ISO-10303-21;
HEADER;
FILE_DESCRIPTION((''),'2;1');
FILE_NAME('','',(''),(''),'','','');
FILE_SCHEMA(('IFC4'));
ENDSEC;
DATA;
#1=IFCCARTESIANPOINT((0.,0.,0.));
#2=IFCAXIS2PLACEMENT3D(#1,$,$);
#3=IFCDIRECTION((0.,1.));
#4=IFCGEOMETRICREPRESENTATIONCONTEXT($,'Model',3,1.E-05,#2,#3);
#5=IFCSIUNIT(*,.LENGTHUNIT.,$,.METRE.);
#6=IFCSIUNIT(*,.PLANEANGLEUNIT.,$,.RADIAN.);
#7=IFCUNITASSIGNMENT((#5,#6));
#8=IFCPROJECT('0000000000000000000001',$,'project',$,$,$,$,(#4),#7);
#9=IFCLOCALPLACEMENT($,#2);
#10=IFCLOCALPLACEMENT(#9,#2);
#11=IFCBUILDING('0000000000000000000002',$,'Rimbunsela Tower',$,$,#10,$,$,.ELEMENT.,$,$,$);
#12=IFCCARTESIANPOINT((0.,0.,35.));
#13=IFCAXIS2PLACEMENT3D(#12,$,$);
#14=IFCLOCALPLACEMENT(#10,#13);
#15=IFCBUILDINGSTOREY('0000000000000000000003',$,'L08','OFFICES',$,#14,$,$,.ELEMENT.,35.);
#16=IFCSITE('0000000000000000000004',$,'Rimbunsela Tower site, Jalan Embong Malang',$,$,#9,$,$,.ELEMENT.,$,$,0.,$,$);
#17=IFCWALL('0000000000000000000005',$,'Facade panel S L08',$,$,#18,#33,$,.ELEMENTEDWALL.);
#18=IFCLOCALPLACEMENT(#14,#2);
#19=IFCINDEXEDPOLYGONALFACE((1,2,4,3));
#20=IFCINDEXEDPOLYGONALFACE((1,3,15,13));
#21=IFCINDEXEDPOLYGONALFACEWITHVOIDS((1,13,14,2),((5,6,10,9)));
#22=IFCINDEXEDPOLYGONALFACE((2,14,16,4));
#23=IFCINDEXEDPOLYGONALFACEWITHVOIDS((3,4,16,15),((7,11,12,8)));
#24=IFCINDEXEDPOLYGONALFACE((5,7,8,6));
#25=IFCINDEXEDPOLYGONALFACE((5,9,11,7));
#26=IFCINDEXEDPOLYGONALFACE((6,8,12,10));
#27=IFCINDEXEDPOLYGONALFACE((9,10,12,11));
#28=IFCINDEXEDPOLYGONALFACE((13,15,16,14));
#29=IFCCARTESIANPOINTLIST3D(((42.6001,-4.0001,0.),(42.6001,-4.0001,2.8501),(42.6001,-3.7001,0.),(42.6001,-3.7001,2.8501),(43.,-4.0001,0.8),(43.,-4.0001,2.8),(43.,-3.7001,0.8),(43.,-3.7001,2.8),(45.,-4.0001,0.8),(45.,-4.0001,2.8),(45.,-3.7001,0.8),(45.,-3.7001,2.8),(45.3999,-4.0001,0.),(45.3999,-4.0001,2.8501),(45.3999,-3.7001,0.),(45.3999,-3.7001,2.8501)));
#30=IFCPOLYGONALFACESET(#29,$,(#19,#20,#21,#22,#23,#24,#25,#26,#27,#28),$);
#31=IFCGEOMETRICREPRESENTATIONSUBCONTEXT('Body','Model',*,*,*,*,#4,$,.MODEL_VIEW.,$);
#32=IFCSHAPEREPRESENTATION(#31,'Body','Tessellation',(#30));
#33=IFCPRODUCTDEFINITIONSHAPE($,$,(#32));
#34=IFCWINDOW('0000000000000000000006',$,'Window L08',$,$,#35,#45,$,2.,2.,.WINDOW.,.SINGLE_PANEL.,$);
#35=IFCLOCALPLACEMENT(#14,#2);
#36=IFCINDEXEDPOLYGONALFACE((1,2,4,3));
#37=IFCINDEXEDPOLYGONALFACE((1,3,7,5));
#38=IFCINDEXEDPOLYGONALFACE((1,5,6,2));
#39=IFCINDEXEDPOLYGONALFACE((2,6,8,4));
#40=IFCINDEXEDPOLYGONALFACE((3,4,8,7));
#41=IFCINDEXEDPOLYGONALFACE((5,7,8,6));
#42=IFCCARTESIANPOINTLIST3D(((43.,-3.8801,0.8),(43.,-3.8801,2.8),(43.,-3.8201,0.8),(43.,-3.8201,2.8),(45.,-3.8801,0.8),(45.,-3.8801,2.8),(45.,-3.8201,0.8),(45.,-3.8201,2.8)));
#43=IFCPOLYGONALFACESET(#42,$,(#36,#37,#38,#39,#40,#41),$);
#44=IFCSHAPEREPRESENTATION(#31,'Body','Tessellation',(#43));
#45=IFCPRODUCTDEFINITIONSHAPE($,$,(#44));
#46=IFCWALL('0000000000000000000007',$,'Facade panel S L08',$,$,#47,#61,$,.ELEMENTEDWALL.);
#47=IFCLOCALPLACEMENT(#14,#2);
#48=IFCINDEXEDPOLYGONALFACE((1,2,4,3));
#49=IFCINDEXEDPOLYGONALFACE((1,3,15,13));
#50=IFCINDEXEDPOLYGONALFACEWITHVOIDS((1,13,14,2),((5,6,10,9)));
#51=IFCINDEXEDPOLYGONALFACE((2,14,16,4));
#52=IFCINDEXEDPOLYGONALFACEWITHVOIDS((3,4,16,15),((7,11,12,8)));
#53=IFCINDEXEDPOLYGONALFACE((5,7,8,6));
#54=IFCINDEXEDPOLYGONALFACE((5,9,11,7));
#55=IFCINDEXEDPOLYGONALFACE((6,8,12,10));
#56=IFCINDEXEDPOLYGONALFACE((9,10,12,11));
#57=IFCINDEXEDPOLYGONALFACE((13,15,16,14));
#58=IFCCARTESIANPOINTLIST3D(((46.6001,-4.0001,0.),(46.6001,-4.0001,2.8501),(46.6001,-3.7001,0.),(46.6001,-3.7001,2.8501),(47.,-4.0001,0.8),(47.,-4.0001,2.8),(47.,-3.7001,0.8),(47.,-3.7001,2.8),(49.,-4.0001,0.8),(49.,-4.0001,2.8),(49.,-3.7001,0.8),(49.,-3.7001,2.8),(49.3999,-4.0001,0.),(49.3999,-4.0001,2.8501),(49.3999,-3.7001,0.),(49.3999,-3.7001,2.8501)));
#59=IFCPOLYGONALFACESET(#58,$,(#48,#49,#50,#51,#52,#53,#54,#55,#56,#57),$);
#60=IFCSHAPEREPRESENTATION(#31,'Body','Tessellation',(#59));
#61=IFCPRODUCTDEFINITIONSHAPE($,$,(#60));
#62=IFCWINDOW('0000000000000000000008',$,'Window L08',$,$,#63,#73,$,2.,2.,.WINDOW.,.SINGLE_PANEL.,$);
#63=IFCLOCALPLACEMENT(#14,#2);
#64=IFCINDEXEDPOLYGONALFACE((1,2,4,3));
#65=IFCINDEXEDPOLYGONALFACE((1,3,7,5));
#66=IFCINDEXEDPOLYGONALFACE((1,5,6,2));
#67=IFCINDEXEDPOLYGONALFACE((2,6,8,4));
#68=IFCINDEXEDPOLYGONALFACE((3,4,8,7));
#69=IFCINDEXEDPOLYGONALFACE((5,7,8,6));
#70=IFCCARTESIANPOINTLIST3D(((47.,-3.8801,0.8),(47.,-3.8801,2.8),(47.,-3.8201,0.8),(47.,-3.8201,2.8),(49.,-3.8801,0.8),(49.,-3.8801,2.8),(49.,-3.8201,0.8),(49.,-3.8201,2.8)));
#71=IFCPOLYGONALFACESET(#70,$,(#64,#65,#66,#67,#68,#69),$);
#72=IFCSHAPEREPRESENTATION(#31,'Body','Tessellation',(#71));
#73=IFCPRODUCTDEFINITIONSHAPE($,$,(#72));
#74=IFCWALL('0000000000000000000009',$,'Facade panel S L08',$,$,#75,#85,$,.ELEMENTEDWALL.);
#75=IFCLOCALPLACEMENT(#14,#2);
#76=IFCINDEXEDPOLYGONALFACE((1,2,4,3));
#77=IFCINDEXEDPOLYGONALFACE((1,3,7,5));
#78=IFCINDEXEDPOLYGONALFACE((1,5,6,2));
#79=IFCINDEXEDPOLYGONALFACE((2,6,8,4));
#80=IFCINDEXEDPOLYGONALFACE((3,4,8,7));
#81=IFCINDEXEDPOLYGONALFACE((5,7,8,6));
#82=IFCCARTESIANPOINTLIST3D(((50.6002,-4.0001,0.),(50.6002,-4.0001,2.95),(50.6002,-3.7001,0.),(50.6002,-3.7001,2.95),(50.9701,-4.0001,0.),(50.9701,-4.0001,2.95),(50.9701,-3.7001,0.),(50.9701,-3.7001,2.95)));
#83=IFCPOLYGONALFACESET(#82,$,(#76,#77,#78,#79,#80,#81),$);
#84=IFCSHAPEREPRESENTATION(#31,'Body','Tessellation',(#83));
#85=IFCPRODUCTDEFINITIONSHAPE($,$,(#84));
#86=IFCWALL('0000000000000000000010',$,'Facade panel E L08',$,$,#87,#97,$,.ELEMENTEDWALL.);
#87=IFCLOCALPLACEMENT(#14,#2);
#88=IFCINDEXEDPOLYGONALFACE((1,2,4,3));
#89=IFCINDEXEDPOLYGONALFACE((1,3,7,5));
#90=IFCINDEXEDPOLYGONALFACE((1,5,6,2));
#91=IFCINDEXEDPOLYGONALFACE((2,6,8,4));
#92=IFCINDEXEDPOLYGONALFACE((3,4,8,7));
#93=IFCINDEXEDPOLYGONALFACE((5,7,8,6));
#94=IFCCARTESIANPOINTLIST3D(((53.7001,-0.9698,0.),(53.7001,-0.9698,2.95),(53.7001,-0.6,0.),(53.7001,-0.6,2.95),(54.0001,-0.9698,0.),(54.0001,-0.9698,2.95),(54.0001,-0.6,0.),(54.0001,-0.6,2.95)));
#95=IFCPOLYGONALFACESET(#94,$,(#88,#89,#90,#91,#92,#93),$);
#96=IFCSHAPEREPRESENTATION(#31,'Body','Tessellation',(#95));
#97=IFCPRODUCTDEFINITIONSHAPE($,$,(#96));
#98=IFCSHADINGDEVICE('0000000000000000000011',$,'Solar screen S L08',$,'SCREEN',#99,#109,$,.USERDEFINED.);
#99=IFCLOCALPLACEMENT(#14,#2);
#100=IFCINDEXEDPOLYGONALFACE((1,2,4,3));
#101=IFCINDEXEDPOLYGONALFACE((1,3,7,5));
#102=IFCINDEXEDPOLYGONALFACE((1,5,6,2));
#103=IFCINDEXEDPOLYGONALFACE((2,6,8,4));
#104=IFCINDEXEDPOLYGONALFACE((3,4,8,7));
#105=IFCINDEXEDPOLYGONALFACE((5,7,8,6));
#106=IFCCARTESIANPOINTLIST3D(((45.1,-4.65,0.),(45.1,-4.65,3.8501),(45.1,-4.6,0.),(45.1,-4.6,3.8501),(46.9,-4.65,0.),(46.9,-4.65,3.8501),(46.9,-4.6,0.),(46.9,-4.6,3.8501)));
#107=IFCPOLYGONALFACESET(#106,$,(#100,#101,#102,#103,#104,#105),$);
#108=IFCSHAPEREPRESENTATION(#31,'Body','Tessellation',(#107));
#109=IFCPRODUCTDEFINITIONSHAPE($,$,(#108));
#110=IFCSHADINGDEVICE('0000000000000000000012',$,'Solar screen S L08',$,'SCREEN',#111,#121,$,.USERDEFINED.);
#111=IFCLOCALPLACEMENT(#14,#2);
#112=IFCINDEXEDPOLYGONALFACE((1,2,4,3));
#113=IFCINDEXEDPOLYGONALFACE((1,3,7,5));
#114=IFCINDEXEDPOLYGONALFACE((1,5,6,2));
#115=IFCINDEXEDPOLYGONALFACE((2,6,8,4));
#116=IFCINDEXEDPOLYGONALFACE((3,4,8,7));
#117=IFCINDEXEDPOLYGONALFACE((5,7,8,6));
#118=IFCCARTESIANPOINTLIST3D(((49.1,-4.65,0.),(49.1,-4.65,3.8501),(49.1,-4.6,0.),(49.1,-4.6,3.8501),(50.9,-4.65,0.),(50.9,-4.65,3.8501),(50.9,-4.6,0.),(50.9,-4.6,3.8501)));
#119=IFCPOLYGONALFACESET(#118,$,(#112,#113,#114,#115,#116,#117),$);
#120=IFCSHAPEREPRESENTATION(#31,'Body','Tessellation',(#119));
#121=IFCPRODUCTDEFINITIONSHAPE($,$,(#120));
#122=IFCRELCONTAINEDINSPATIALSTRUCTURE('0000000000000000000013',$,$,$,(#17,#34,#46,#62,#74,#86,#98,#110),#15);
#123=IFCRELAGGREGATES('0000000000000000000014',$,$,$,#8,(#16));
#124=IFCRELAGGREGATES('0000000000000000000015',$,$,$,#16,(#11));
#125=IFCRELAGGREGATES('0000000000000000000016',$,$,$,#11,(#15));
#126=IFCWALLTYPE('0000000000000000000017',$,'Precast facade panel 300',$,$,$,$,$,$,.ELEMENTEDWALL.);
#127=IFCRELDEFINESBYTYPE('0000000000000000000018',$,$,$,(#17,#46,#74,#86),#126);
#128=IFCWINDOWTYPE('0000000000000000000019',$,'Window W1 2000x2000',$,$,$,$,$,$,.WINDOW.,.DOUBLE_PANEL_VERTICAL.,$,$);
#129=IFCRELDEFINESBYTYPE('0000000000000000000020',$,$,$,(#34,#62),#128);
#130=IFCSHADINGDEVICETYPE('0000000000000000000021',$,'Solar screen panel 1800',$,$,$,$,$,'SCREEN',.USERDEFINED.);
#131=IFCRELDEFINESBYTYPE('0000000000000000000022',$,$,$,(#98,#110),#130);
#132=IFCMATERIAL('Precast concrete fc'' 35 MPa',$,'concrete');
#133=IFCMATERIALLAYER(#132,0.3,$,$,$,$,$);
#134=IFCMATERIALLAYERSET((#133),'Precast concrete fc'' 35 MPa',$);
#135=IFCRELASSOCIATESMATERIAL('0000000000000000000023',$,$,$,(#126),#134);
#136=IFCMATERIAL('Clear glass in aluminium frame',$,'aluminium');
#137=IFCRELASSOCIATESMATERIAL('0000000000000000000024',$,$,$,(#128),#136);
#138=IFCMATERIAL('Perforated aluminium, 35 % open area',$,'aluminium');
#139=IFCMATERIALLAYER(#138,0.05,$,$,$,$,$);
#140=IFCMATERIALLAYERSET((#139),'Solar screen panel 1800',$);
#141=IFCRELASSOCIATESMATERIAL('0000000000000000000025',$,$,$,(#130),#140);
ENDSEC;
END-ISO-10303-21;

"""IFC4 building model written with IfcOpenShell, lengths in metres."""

from ifc_helpers import new_model, si_unit, direction, frame, frame_2d, origin, origin_2d, place, context, subcontext, project, spatial, rectangle, extrude, material, layer, layer_set, type_object, element, fill, save


model = new_model("IFC4")

# Units and contexts
model_context = context("Model", 3, precision=1e-05, world=origin(), true_north=direction((0.0, 1.0)))
body_context = subcontext(model_context, "Body", "Model", "MODEL_VIEW")
ifc_project = project(units=[si_unit("LENGTHUNIT", "METRE"), si_unit("PLANEANGLEUNIT", "RADIAN")], contexts=[model_context])

# Site, building, storey
site_placement = place(None, origin())
site = spatial("IfcSite", under=ifc_project, at=site_placement, Name="Rimbunsela Tower site, Jalan Embong Malang", CompositionType="ELEMENT", RefElevation=0.0)
building_placement = place(site_placement, origin())
building = spatial("IfcBuilding", under=site, at=building_placement, Name="Rimbunsela Tower", CompositionType="ELEMENT")
storey_placement = place(building_placement, frame((0.0, 0.0, 35.0)))
storey = spatial("IfcBuildingStorey", under=building, at=storey_placement, Name="L08", Description="OFFICES", CompositionType="ELEMENT", Elevation=35.0)

# Walls, openings, windows
ifc_material_1 = material(Name="Precast concrete fc' 35 MPa", Category="concrete")
ifc_layer_1 = layer(ifc_material_1, 0.3)
ifc_layer_set_1 = layer_set([ifc_layer_1], Name="Precast concrete fc' 35 MPa")
wall_type_1 = type_object("IfcWallType", Name="Precast facade panel 300", PredefinedType="ELEMENTEDWALL", material=ifc_layer_set_1)
wall_1_placement = place(storey_placement, frame((42.6001, -3.8501, 0.0), z_axis=(0.0, 0.0, 1.0), x_axis=(1.0, 0.0, 0.0)))
wall_1 = element("IfcWall", 1, at=wall_1_placement, inside=storey, type_object=wall_type_1, Name="Facade panel S L08", PredefinedType="ELEMENTEDWALL", context=body_context, shape_type="SweptSolid", body=[
    extrude(rectangle(XDim=2.7998, YDim=0.3, at=frame_2d((1.3999, 0.0))), origin(), (0.0, 0.0, 1.0), 2.8501),
])
opening_1_placement = place(wall_1_placement, frame((0.3999, 0.0, 0.8)))
opening_1 = element("IfcOpeningElement", 2, at=opening_1_placement, cuts=wall_1, PredefinedType="OPENING", context=body_context, shape_type="SweptSolid", body=[
    extrude(rectangle(XDim=2.0, YDim=2.0, at=frame_2d((1.0, 1.0))), frame((0.0, 0.1599, 0.0), z_axis=(0.0, -1.0, 0.0), x_axis=(1.0, 0.0, 0.0)), (0.0, 0.0, 1.0), 0.3201),
])
ifc_material_2 = material(Name="Clear glass in aluminium frame", Category="aluminium")
window_type = type_object("IfcWindowType", Name="Window W1 2000x2000", PartitioningType="DOUBLE_PANEL_VERTICAL", PredefinedType="WINDOW", material=ifc_material_2)
window_1_placement = place(opening_1_placement, origin())
window_1 = element("IfcWindow", 3, at=window_1_placement, inside=storey, type_object=window_type, Name="Window L08", OverallHeight=2.0, OverallWidth=2.0, PartitioningType="SINGLE_PANEL", PredefinedType="WINDOW", context=body_context, shape_type="SweptSolid", body=[
    extrude(rectangle(XDim=2.0, YDim=2.0, at=frame_2d((1.0, 1.0))), frame((0.0, 0.03, 0.0), z_axis=(0.0, -1.0, 0.0), x_axis=(1.0, 0.0, 0.0)), (0.0, 0.0, 1.0), 0.0601),
])
fill(opening_1, window_1)
wall_2_placement = place(storey_placement, frame((46.6001, -3.8501, 0.0), z_axis=(0.0, 0.0, 1.0), x_axis=(1.0, 0.0, 0.0)))
wall_2 = element("IfcWall", 4, at=wall_2_placement, inside=storey, type_object=wall_type_1, Name="Facade panel S L08", PredefinedType="ELEMENTEDWALL", context=body_context, shape_type="SweptSolid", body=[
    extrude(rectangle(XDim=2.7998, YDim=0.3, at=frame_2d((1.3999, 0.0))), origin(), (0.0, 0.0, 1.0), 2.8501),
])
opening_2_placement = place(wall_2_placement, frame((0.3999, 0.0, 0.8)))
opening_2 = element("IfcOpeningElement", 5, at=opening_2_placement, cuts=wall_2, PredefinedType="OPENING", context=body_context, shape_type="SweptSolid", body=[
    extrude(rectangle(XDim=2.0, YDim=2.0, at=frame_2d((1.0, 1.0))), frame((0.0, 0.1599, 0.0), z_axis=(0.0, -1.0, 0.0), x_axis=(1.0, 0.0, 0.0)), (0.0, 0.0, 1.0), 0.3201),
])
window_2_placement = place(opening_2_placement, origin())
window_2 = element("IfcWindow", 6, at=window_2_placement, inside=storey, type_object=window_type, Name="Window L08", OverallHeight=2.0, OverallWidth=2.0, PartitioningType="SINGLE_PANEL", PredefinedType="WINDOW", context=body_context, shape_type="SweptSolid", body=[
    extrude(rectangle(XDim=2.0, YDim=2.0, at=frame_2d((1.0, 1.0))), frame((0.0, 0.03, 0.0), z_axis=(0.0, -1.0, 0.0), x_axis=(1.0, 0.0, 0.0)), (0.0, 0.0, 1.0), 0.0601),
])
fill(opening_2, window_2)

# Walls
for number, where, z_axis, x_axis, name in (
    (7, (50.6001, -3.8501, 0.0), (0.0, 0.0, 1.0), (1.0, 0.0, 0.0), "Facade panel S L08"),
    (8, (53.8501, -0.97, 0.0), (0.0, 0.0, 1.0), (0.0, 1.0, 0.0), "Facade panel E L08"),
):
    element("IfcWall", number, at=place(storey_placement, frame(where, z_axis=z_axis, x_axis=x_axis)), inside=storey, type_object=wall_type_1, Name=name, PredefinedType="ELEMENTEDWALL", context=body_context, shape_type="SweptSolid", body=[
        extrude(rectangle(XDim=0.3699, YDim=0.3, at=frame_2d((0.1851, 0.0))), origin(), (0.0, 0.0, 1.0), 2.95),
    ])

# Shading devices
ifc_material_3 = material(Name="Perforated aluminium, 35 % open area", Category="aluminium")
ifc_layer_2 = layer(ifc_material_3, 0.05)
ifc_layer_set_2 = layer_set([ifc_layer_2], Name="Solar screen panel 1800")
shading_device_type = type_object("IfcShadingDeviceType", Name="Solar screen panel 1800", ElementType="SCREEN", PredefinedType="USERDEFINED", material=ifc_layer_set_2)
for number, where, z_axis, x_axis, name in (
    (9, (46.0, -4.625, 0.0), (0.0, 0.0, 1.0), (1.0, 0.0, 0.0), "Solar screen S L08"),
    (10, (50.0, -4.625, 0.0), (0.0, 0.0, 1.0), (1.0, 0.0, 0.0), "Solar screen S L08"),
):
    element("IfcShadingDevice", number, at=place(storey_placement, frame(where, z_axis=z_axis, x_axis=x_axis)), inside=storey, type_object=shading_device_type, Name=name, ObjectType="SCREEN", PredefinedType="USERDEFINED", context=body_context, shape_type="SweptSolid", body=[
        extrude(rectangle(XDim=1.8, YDim=0.05, at=origin_2d()), origin(), (0.0, 0.0, 1.0), 3.8501),
    ])

save(model, "model.ifc")
